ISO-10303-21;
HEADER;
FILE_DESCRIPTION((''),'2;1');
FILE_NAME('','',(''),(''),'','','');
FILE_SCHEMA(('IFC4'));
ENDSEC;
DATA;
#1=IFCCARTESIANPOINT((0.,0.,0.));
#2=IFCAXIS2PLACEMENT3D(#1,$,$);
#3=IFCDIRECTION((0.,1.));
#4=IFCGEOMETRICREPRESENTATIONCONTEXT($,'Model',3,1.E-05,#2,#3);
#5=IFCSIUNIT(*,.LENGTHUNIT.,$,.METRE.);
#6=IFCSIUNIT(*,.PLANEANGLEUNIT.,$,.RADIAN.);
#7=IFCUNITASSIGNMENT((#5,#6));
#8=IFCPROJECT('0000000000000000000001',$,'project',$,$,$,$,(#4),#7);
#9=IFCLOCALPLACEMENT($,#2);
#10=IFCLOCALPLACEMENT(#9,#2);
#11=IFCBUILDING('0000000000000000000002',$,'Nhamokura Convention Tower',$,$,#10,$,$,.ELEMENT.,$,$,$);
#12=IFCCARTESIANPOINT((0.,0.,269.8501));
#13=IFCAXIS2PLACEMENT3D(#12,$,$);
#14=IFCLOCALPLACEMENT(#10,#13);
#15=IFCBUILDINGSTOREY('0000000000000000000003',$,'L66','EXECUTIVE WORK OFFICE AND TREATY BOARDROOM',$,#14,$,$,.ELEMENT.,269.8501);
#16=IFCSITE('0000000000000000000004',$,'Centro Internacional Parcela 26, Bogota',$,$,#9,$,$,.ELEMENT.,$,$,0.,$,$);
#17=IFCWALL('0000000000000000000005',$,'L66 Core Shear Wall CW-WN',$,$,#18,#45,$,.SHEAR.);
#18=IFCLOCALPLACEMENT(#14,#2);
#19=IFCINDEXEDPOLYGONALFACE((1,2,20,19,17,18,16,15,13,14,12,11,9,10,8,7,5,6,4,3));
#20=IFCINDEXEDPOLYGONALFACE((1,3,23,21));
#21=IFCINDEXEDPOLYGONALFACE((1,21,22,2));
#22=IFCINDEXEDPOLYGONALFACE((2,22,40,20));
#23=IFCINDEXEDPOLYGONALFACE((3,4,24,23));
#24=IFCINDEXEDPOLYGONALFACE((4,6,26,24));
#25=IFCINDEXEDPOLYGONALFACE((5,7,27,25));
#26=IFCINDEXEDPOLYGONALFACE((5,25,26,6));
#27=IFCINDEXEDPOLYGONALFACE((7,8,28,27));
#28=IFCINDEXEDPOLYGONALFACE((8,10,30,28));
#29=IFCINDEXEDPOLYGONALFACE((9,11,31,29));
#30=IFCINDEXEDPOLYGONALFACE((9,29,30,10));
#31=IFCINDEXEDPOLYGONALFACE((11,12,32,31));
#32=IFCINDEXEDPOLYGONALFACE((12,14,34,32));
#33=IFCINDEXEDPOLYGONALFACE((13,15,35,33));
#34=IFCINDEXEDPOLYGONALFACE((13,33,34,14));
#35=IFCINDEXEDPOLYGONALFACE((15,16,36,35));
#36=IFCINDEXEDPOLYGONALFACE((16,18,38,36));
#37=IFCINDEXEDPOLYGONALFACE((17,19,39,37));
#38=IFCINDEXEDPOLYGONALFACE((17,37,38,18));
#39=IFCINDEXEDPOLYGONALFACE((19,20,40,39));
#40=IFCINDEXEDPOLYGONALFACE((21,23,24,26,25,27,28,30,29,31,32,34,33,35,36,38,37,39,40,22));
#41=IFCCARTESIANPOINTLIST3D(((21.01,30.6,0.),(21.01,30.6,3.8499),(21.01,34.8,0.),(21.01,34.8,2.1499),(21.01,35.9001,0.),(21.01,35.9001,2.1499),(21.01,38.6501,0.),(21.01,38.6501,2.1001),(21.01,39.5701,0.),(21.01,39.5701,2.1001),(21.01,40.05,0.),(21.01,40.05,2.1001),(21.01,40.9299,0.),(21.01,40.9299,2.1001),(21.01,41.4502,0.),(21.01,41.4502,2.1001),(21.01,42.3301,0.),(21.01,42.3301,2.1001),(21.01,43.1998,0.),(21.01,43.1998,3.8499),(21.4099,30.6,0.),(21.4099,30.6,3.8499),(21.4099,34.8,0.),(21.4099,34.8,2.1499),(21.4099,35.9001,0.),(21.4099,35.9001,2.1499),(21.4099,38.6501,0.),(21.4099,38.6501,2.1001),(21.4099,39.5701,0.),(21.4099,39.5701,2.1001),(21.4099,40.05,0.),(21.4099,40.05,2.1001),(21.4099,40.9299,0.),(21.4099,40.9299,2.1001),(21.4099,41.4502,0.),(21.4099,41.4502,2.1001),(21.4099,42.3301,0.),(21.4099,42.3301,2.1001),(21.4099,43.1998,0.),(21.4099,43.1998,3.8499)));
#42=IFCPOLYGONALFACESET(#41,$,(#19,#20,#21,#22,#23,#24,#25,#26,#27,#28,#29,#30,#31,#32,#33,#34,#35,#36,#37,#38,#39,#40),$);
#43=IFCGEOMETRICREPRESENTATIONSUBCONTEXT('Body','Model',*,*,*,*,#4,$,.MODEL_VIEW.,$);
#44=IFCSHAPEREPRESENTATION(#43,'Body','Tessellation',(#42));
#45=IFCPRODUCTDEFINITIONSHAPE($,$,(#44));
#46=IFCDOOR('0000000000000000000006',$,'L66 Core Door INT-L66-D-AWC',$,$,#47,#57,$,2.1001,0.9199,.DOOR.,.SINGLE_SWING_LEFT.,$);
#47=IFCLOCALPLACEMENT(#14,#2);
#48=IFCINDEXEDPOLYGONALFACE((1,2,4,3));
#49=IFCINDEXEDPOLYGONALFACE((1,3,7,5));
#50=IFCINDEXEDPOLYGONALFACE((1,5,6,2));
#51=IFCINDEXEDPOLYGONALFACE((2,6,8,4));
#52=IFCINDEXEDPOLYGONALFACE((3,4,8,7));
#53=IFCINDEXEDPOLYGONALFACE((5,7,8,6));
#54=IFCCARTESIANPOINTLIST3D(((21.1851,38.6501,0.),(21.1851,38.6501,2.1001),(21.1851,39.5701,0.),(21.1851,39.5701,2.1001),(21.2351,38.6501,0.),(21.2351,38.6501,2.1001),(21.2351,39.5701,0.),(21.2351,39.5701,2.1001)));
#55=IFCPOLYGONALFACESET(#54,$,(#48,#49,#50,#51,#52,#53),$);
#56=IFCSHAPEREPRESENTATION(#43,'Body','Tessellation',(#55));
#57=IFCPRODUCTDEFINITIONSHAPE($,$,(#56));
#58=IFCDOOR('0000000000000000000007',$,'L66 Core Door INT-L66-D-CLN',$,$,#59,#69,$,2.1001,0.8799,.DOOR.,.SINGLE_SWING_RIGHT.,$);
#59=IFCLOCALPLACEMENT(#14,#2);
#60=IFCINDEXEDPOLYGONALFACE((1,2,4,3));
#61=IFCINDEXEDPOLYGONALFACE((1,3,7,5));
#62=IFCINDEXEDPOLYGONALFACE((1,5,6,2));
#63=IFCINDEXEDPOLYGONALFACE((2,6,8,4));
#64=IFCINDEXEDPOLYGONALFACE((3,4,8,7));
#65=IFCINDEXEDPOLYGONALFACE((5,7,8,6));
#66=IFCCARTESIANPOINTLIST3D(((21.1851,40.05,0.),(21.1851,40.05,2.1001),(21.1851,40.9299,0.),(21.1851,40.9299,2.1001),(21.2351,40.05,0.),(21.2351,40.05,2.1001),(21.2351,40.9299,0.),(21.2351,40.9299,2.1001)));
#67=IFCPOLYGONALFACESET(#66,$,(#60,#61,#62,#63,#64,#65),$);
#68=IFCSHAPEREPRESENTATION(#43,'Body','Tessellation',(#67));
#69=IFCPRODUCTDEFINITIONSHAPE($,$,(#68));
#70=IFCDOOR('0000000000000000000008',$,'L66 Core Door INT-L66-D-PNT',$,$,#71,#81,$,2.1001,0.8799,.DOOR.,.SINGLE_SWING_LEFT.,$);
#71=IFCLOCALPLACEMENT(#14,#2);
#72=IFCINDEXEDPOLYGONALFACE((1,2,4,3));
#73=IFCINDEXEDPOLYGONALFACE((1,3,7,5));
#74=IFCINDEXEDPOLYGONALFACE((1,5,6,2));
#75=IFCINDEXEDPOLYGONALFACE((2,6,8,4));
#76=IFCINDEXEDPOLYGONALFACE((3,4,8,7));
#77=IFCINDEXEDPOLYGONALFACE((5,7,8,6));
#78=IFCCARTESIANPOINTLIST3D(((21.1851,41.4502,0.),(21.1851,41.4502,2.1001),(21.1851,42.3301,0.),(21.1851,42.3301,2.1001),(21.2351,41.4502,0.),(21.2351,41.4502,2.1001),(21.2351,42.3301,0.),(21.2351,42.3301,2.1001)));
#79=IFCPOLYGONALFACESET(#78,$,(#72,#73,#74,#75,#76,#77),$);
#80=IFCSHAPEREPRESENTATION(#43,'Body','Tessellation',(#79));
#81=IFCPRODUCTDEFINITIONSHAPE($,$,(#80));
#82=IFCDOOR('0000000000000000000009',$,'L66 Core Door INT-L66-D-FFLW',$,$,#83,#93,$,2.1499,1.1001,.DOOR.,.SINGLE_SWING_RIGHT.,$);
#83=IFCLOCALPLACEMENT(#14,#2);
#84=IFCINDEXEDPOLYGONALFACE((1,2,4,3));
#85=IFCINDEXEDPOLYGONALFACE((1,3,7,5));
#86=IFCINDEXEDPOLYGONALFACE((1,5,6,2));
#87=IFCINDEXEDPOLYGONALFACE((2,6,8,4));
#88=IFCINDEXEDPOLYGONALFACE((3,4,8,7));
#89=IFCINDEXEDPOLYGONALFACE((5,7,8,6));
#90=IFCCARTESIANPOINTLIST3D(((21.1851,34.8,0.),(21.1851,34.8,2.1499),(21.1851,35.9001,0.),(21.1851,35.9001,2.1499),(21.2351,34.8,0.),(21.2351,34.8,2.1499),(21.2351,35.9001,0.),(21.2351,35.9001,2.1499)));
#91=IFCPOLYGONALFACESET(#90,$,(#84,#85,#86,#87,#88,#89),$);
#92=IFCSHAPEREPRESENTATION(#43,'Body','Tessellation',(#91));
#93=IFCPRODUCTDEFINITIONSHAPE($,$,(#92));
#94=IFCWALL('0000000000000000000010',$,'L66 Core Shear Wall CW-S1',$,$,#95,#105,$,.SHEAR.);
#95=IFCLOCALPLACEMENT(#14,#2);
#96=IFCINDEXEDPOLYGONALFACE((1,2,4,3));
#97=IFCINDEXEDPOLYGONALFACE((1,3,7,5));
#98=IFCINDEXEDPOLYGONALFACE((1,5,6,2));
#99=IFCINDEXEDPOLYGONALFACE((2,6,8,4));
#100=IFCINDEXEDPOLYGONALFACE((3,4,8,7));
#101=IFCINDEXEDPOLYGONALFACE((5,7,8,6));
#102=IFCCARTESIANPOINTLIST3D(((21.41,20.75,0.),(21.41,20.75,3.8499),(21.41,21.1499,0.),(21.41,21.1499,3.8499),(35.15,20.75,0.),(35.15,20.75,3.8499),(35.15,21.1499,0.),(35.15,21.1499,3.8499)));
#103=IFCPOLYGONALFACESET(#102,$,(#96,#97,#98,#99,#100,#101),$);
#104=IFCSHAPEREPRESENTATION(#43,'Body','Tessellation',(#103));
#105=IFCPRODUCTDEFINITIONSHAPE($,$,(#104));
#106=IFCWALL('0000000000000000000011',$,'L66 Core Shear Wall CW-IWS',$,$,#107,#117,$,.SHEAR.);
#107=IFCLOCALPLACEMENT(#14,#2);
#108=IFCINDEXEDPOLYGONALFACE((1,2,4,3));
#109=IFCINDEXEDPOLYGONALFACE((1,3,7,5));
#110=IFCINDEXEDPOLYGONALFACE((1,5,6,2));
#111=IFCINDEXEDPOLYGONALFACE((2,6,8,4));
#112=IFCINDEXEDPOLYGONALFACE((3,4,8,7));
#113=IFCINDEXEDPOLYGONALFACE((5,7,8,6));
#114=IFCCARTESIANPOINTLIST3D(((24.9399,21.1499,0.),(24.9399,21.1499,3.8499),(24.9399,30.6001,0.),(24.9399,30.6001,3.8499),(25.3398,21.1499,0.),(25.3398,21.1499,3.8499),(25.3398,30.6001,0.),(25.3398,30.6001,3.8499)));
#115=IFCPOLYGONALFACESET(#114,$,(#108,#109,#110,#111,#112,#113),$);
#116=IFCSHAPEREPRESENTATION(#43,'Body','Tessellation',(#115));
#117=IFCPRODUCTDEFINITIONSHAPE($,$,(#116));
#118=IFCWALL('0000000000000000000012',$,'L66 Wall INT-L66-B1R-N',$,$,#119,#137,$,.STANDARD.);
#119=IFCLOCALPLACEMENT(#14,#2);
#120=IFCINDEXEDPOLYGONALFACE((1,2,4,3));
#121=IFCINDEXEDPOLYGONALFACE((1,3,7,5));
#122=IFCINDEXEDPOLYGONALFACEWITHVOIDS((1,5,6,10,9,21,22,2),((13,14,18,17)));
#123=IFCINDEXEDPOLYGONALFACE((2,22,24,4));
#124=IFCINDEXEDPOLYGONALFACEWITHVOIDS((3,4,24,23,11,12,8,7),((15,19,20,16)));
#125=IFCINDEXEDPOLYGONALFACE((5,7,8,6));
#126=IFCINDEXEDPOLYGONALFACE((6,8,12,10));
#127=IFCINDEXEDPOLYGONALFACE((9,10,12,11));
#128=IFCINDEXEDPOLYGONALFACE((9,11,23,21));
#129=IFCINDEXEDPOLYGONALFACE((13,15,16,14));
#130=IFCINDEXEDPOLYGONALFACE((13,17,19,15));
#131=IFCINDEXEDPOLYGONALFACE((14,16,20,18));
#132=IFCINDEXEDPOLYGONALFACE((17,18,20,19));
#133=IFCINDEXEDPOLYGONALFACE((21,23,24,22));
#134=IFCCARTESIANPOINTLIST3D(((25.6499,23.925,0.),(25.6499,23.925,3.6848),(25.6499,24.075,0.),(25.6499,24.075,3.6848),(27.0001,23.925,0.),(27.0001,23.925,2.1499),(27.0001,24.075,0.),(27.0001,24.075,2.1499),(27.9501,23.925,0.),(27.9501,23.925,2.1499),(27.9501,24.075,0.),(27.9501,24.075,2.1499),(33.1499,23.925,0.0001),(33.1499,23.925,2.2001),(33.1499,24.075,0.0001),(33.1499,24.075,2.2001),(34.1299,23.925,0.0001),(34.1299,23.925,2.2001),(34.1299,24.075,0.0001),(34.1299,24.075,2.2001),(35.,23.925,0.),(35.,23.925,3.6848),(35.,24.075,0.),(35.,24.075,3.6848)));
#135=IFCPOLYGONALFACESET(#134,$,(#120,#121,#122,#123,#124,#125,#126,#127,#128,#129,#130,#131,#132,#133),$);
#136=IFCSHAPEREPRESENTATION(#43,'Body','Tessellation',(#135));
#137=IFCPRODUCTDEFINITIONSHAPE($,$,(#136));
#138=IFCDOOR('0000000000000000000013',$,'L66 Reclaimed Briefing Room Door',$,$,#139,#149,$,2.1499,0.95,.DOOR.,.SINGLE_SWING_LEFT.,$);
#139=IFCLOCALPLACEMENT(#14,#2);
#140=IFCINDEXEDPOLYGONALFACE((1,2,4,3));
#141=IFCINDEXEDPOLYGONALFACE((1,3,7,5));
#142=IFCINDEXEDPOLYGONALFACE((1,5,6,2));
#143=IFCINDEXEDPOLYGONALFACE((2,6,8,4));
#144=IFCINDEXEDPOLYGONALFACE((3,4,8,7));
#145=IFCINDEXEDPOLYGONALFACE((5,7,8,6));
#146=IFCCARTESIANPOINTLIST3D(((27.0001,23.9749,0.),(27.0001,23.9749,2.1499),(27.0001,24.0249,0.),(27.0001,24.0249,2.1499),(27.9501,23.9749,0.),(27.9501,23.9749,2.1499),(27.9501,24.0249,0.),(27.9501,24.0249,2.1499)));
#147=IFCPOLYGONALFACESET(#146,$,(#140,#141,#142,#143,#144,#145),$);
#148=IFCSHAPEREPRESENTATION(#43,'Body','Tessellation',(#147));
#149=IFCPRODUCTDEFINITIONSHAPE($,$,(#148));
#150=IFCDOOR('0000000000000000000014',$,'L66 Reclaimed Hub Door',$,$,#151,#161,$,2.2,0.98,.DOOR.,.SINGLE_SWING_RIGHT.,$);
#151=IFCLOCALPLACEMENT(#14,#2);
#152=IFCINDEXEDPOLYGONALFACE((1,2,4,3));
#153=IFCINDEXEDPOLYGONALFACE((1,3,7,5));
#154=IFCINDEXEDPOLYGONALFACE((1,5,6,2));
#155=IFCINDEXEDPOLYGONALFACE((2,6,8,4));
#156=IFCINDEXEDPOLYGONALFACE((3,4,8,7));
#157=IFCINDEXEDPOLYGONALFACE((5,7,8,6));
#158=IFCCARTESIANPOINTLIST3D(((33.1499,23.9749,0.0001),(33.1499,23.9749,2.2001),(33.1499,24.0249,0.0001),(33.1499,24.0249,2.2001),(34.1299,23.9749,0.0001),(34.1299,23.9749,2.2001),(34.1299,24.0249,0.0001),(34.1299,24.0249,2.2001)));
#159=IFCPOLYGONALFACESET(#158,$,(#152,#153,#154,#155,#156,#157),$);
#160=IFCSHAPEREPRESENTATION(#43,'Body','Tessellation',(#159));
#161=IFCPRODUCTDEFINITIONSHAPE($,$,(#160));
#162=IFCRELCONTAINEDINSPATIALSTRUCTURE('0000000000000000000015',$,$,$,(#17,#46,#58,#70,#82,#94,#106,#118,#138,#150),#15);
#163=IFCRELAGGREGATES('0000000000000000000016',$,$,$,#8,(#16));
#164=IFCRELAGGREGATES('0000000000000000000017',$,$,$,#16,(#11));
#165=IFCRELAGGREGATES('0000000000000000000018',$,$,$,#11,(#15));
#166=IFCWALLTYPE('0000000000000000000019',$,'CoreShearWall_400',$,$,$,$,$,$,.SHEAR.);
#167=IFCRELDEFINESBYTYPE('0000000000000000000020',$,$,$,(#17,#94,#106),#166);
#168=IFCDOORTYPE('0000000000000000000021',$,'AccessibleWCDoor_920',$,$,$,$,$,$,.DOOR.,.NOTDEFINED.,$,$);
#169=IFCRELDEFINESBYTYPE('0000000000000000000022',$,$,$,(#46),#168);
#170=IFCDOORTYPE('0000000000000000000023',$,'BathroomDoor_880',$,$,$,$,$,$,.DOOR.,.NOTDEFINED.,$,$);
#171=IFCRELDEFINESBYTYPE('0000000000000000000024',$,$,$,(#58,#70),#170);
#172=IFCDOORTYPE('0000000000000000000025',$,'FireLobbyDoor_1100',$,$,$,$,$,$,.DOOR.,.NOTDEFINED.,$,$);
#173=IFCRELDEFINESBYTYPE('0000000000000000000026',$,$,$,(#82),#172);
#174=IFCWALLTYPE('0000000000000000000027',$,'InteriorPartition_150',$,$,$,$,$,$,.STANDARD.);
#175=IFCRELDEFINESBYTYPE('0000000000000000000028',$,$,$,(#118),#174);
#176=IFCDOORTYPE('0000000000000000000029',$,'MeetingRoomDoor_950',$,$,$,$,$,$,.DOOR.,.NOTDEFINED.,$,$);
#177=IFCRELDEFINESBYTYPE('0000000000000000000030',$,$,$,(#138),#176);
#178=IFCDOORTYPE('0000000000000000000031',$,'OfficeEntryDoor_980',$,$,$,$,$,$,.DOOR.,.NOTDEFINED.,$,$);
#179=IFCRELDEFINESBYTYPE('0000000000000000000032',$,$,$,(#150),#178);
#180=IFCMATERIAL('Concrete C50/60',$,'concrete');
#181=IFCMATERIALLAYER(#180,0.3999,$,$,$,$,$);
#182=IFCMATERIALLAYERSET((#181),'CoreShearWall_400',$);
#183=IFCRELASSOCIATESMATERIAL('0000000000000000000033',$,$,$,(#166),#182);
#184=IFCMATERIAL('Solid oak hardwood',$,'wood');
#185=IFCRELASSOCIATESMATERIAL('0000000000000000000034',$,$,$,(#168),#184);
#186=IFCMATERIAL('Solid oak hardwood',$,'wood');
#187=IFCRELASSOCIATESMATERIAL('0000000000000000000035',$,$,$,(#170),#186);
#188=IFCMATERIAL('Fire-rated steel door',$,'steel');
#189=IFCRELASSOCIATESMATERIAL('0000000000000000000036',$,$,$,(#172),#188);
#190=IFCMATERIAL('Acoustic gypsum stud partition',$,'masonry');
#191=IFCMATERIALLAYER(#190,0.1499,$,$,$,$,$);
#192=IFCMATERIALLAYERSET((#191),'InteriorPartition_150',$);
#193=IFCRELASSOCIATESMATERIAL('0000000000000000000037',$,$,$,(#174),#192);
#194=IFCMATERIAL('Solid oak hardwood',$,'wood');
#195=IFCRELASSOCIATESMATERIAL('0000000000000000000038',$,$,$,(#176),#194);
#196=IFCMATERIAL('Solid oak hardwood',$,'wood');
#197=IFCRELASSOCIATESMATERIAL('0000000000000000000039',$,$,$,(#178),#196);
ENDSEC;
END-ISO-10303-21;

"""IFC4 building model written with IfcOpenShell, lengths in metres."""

from ifc_helpers import new_model, si_unit, direction, frame, frame_2d, origin, place, context, subcontext, project, spatial, rectangle, extrude, material, layer, layer_set, type_object, element, fill, save


model = new_model("IFC4")

# Units and contexts
model_context = context("Model", 3, precision=1e-05, world=origin(), true_north=direction((0.0, 1.0)))
body_context = subcontext(model_context, "Body", "Model", "MODEL_VIEW")
ifc_project = project(units=[si_unit("LENGTHUNIT", "METRE"), si_unit("PLANEANGLEUNIT", "RADIAN")], contexts=[model_context])

# Site, building, storey
site_placement = place(None, origin())
site = spatial("IfcSite", under=ifc_project, at=site_placement, Name="Centro Internacional Parcela 26, Bogota", CompositionType="ELEMENT", RefElevation=0.0)
building_placement = place(site_placement, origin())
building = spatial("IfcBuilding", under=site, at=building_placement, Name="Nhamokura Convention Tower", CompositionType="ELEMENT")
storey_placement = place(building_placement, frame((0.0, 0.0, 269.8501)))
storey = spatial("IfcBuildingStorey", under=building, at=storey_placement, Name="L66", Description="EXECUTIVE WORK OFFICE AND TREATY BOARDROOM", CompositionType="ELEMENT", Elevation=269.8501)

# Shared definitions
ifc_material_1 = material(Name="Concrete C50/60", Category="concrete")
ifc_layer_1 = layer(ifc_material_1, 0.3999)
ifc_layer_set_1 = layer_set([ifc_layer_1], Name="CoreShearWall_400")
wall_type_1 = type_object("IfcWallType", Name="CoreShearWall_400", PredefinedType="SHEAR", material=ifc_layer_set_1)

# Wall, openings, doors
wall_1_placement = place(storey_placement, frame((21.21, 30.6001, 0.0), z_axis=(0.0, 0.0, 1.0), x_axis=(0.0, 1.0, 0.0)))
wall_1 = element("IfcWall", 1, at=wall_1_placement, inside=storey, type_object=wall_type_1, Name="L66 Core Shear Wall CW-WN", PredefinedType="SHEAR", context=body_context, shape_type="SweptSolid", body=[
    extrude(rectangle(XDim=12.5999, YDim=0.3999, at=frame_2d((6.2998, 0.0))), origin(), (0.0, 0.0, 1.0), 3.8499),
])
opening_1_placement = place(wall_1_placement, frame((4.2, 0.0, 0.0)))
opening_1 = element("IfcOpeningElement", 2, at=opening_1_placement, cuts=wall_1, PredefinedType="OPENING", context=body_context, shape_type="SweptSolid", body=[
    extrude(rectangle(XDim=1.1001, YDim=2.1499, at=frame_2d((0.55, 1.075))), frame((0.0, 0.21, 0.0), z_axis=(0.0, -1.0, 0.0), x_axis=(1.0, 0.0, 0.0)), (0.0, 0.0, 1.0), 0.4199),
])
opening_2_placement = place(wall_1_placement, frame((8.05, 0.0, 0.0)))
opening_2 = element("IfcOpeningElement", 3, at=opening_2_placement, cuts=wall_1, PredefinedType="OPENING", context=body_context, shape_type="SweptSolid", body=[
    extrude(rectangle(XDim=0.9199, YDim=2.1001, at=frame_2d((0.46, 1.05))), frame((0.0, 0.21, 0.0), z_axis=(0.0, -1.0, 0.0), x_axis=(1.0, 0.0, 0.0)), (0.0, 0.0, 1.0), 0.4199),
])
opening_3_placement = place(wall_1_placement, frame((9.45, 0.0, 0.0)))
opening_3 = element("IfcOpeningElement", 4, at=opening_3_placement, cuts=wall_1, PredefinedType="OPENING", context=body_context, shape_type="SweptSolid", body=[
    extrude(rectangle(XDim=0.8799, YDim=2.1001, at=frame_2d((0.4399, 1.05))), frame((0.0, 0.21, 0.0), z_axis=(0.0, -1.0, 0.0), x_axis=(1.0, 0.0, 0.0)), (0.0, 0.0, 1.0), 0.4199),
])
opening_4_placement = place(wall_1_placement, frame((10.8501, 0.0, 0.0)))
opening_4 = element("IfcOpeningElement", 5, at=opening_4_placement, cuts=wall_1, PredefinedType="OPENING", context=body_context, shape_type="SweptSolid", body=[
    extrude(rectangle(XDim=0.8799, YDim=2.1001, at=frame_2d((0.4399, 1.05))), frame((0.0, 0.21, 0.0), z_axis=(0.0, -1.0, 0.0), x_axis=(1.0, 0.0, 0.0)), (0.0, 0.0, 1.0), 0.4199),
])
ifc_material_2 = material(Name="Solid oak hardwood", Category="wood")
door_type_1 = type_object("IfcDoorType", Name="AccessibleWCDoor_920", OperationType="NOTDEFINED", PredefinedType="DOOR", material=ifc_material_2)
door_1_placement = place(opening_2_placement, origin())
door_1 = element("IfcDoor", 6, at=door_1_placement, inside=storey, type_object=door_type_1, Name="L66 Core Door INT-L66-D-AWC", OperationType="SINGLE_SWING_LEFT", OverallHeight=2.1001, OverallWidth=0.9199, PredefinedType="DOOR", context=body_context, shape_type="SweptSolid", body=[
    extrude(rectangle(XDim=0.9199, YDim=2.1001, at=frame_2d((0.46, 1.05))), frame((0.0, 0.0249, 0.0), z_axis=(0.0, -1.0, 0.0), x_axis=(1.0, 0.0, 0.0)), (0.0, 0.0, 1.0), 0.05),
])
fill(opening_2, door_1)
ifc_material_3 = material(Name="Solid oak hardwood", Category="wood")
door_type_2 = type_object("IfcDoorType", Name="BathroomDoor_880", OperationType="NOTDEFINED", PredefinedType="DOOR", material=ifc_material_3)
door_2_placement = place(opening_3_placement, origin())
door_2 = element("IfcDoor", 7, at=door_2_placement, inside=storey, type_object=door_type_2, Name="L66 Core Door INT-L66-D-CLN", OperationType="SINGLE_SWING_RIGHT", OverallHeight=2.1001, OverallWidth=0.8799, PredefinedType="DOOR", context=body_context, shape_type="SweptSolid", body=[
    extrude(rectangle(XDim=0.8799, YDim=2.1001, at=frame_2d((0.4399, 1.05))), frame((0.0, 0.0249, 0.0), z_axis=(0.0, -1.0, 0.0), x_axis=(1.0, 0.0, 0.0)), (0.0, 0.0, 1.0), 0.05),
])
fill(opening_3, door_2)
door_3_placement = place(opening_4_placement, origin())
door_3 = element("IfcDoor", 8, at=door_3_placement, inside=storey, type_object=door_type_2, Name="L66 Core Door INT-L66-D-PNT", OperationType="SINGLE_SWING_LEFT", OverallHeight=2.1001, OverallWidth=0.8799, PredefinedType="DOOR", context=body_context, shape_type="SweptSolid", body=[
    extrude(rectangle(XDim=0.8799, YDim=2.1001, at=frame_2d((0.4399, 1.05))), frame((0.0, 0.0249, 0.0), z_axis=(0.0, -1.0, 0.0), x_axis=(1.0, 0.0, 0.0)), (0.0, 0.0, 1.0), 0.05),
])
fill(opening_4, door_3)
ifc_material_4 = material(Name="Fire-rated steel door", Category="steel")
door_type_3 = type_object("IfcDoorType", Name="FireLobbyDoor_1100", OperationType="NOTDEFINED", PredefinedType="DOOR", material=ifc_material_4)
door_4_placement = place(opening_1_placement, origin())
door_4 = element("IfcDoor", 9, at=door_4_placement, inside=storey, type_object=door_type_3, Name="L66 Core Door INT-L66-D-FFLW", OperationType="SINGLE_SWING_RIGHT", OverallHeight=2.1499, OverallWidth=1.1001, PredefinedType="DOOR", context=body_context, shape_type="SweptSolid", body=[
    extrude(rectangle(XDim=1.1001, YDim=2.1499, at=frame_2d((0.55, 1.075))), frame((0.0, 0.0249, 0.0), z_axis=(0.0, -1.0, 0.0), x_axis=(1.0, 0.0, 0.0)), (0.0, 0.0, 1.0), 0.05),
])
fill(opening_1, door_4)

# Walls
wall_2_placement = place(storey_placement, frame((21.4099, 20.95, 0.0), z_axis=(0.0, 0.0, 1.0), x_axis=(1.0, 0.0, 0.0)))
element("IfcWall", 10, at=wall_2_placement, inside=storey, type_object=wall_type_1, Name="L66 Core Shear Wall CW-S1", PredefinedType="SHEAR", context=body_context, shape_type="SweptSolid", body=[
    extrude(rectangle(XDim=13.74, YDim=0.3999, at=frame_2d((6.8701, 0.0))), origin(), (0.0, 0.0, 1.0), 3.8499),
])
wall_3_placement = place(storey_placement, frame((25.1399, 21.1499, 0.0), z_axis=(0.0, 0.0, 1.0), x_axis=(0.0, 1.0, 0.0)))
element("IfcWall", 11, at=wall_3_placement, inside=storey, type_object=wall_type_1, Name="L66 Core Shear Wall CW-IWS", PredefinedType="SHEAR", context=body_context, shape_type="SweptSolid", body=[
    extrude(rectangle(XDim=9.4502, YDim=0.3999, at=frame_2d((4.7251, 0.0))), origin(), (0.0, 0.0, 1.0), 3.8499),
])

# Wall, openings, doors
ifc_material_5 = material(Name="Acoustic gypsum stud partition", Category="masonry")
ifc_layer_2 = layer(ifc_material_5, 0.1499)
ifc_layer_set_2 = layer_set([ifc_layer_2], Name="InteriorPartition_150")
wall_type_2 = type_object("IfcWallType", Name="InteriorPartition_150", PredefinedType="STANDARD", material=ifc_layer_set_2)
wall_4_placement = place(storey_placement, frame((25.6499, 24.0, 0.0), z_axis=(0.0, 0.0, 1.0), x_axis=(1.0, 0.0, 0.0)))
wall_4 = element("IfcWall", 12, at=wall_4_placement, inside=storey, type_object=wall_type_2, Name="L66 Wall INT-L66-B1R-N", PredefinedType="STANDARD", context=body_context, shape_type="SweptSolid", body=[
    extrude(rectangle(XDim=9.3501, YDim=0.1499, at=frame_2d((4.675, 0.0))), origin(), (0.0, 0.0, 1.0), 3.6848),
])
opening_5_placement = place(wall_4_placement, frame((1.3501, 0.0, 0.0)))
opening_5 = element("IfcOpeningElement", 13, at=opening_5_placement, cuts=wall_4, PredefinedType="OPENING", context=body_context, shape_type="SweptSolid", body=[
    extrude(rectangle(XDim=0.95, YDim=2.1499, at=frame_2d((0.4751, 1.075))), frame((0.0, 0.085, 0.0), z_axis=(0.0, -1.0, 0.0), x_axis=(1.0, 0.0, 0.0)), (0.0, 0.0, 1.0), 0.1699),
])
opening_6_placement = place(wall_4_placement, frame((7.5, 0.0, 0.0)))
opening_6 = element("IfcOpeningElement", 14, at=opening_6_placement, cuts=wall_4, PredefinedType="OPENING", context=body_context, shape_type="SweptSolid", body=[
    extrude(rectangle(XDim=0.98, YDim=2.2, at=frame_2d((0.49, 1.1001))), frame((0.0, 0.085, 0.0), z_axis=(0.0, -1.0, 0.0), x_axis=(1.0, 0.0, 0.0)), (0.0, 0.0, 1.0), 0.1699),
])
ifc_material_6 = material(Name="Solid oak hardwood", Category="wood")
door_type_4 = type_object("IfcDoorType", Name="MeetingRoomDoor_950", OperationType="NOTDEFINED", PredefinedType="DOOR", material=ifc_material_6)
door_5_placement = place(opening_5_placement, origin())
door_5 = element("IfcDoor", 15, at=door_5_placement, inside=storey, type_object=door_type_4, Name="L66 Reclaimed Briefing Room Door", OperationType="SINGLE_SWING_LEFT", OverallHeight=2.1499, OverallWidth=0.95, PredefinedType="DOOR", context=body_context, shape_type="SweptSolid", body=[
    extrude(rectangle(XDim=0.95, YDim=2.1499, at=frame_2d((0.4751, 1.075))), frame((0.0, 0.0249, 0.0), z_axis=(0.0, -1.0, 0.0), x_axis=(1.0, 0.0, 0.0)), (0.0, 0.0, 1.0), 0.05),
])
fill(opening_5, door_5)
ifc_material_7 = material(Name="Solid oak hardwood", Category="wood")
door_type_5 = type_object("IfcDoorType", Name="OfficeEntryDoor_980", OperationType="NOTDEFINED", PredefinedType="DOOR", material=ifc_material_7)
door_6_placement = place(opening_6_placement, origin())
door_6 = element("IfcDoor", 16, at=door_6_placement, inside=storey, type_object=door_type_5, Name="L66 Reclaimed Hub Door", OperationType="SINGLE_SWING_RIGHT", OverallHeight=2.2, OverallWidth=0.98, PredefinedType="DOOR", context=body_context, shape_type="SweptSolid", body=[
    extrude(rectangle(XDim=0.98, YDim=2.2, at=frame_2d((0.49, 1.1001))), frame((0.0, 0.0249, 0.0), z_axis=(0.0, -1.0, 0.0), x_axis=(1.0, 0.0, 0.0)), (0.0, 0.0, 1.0), 0.05),
])
fill(opening_6, door_6)

save(model, "model.ifc")
